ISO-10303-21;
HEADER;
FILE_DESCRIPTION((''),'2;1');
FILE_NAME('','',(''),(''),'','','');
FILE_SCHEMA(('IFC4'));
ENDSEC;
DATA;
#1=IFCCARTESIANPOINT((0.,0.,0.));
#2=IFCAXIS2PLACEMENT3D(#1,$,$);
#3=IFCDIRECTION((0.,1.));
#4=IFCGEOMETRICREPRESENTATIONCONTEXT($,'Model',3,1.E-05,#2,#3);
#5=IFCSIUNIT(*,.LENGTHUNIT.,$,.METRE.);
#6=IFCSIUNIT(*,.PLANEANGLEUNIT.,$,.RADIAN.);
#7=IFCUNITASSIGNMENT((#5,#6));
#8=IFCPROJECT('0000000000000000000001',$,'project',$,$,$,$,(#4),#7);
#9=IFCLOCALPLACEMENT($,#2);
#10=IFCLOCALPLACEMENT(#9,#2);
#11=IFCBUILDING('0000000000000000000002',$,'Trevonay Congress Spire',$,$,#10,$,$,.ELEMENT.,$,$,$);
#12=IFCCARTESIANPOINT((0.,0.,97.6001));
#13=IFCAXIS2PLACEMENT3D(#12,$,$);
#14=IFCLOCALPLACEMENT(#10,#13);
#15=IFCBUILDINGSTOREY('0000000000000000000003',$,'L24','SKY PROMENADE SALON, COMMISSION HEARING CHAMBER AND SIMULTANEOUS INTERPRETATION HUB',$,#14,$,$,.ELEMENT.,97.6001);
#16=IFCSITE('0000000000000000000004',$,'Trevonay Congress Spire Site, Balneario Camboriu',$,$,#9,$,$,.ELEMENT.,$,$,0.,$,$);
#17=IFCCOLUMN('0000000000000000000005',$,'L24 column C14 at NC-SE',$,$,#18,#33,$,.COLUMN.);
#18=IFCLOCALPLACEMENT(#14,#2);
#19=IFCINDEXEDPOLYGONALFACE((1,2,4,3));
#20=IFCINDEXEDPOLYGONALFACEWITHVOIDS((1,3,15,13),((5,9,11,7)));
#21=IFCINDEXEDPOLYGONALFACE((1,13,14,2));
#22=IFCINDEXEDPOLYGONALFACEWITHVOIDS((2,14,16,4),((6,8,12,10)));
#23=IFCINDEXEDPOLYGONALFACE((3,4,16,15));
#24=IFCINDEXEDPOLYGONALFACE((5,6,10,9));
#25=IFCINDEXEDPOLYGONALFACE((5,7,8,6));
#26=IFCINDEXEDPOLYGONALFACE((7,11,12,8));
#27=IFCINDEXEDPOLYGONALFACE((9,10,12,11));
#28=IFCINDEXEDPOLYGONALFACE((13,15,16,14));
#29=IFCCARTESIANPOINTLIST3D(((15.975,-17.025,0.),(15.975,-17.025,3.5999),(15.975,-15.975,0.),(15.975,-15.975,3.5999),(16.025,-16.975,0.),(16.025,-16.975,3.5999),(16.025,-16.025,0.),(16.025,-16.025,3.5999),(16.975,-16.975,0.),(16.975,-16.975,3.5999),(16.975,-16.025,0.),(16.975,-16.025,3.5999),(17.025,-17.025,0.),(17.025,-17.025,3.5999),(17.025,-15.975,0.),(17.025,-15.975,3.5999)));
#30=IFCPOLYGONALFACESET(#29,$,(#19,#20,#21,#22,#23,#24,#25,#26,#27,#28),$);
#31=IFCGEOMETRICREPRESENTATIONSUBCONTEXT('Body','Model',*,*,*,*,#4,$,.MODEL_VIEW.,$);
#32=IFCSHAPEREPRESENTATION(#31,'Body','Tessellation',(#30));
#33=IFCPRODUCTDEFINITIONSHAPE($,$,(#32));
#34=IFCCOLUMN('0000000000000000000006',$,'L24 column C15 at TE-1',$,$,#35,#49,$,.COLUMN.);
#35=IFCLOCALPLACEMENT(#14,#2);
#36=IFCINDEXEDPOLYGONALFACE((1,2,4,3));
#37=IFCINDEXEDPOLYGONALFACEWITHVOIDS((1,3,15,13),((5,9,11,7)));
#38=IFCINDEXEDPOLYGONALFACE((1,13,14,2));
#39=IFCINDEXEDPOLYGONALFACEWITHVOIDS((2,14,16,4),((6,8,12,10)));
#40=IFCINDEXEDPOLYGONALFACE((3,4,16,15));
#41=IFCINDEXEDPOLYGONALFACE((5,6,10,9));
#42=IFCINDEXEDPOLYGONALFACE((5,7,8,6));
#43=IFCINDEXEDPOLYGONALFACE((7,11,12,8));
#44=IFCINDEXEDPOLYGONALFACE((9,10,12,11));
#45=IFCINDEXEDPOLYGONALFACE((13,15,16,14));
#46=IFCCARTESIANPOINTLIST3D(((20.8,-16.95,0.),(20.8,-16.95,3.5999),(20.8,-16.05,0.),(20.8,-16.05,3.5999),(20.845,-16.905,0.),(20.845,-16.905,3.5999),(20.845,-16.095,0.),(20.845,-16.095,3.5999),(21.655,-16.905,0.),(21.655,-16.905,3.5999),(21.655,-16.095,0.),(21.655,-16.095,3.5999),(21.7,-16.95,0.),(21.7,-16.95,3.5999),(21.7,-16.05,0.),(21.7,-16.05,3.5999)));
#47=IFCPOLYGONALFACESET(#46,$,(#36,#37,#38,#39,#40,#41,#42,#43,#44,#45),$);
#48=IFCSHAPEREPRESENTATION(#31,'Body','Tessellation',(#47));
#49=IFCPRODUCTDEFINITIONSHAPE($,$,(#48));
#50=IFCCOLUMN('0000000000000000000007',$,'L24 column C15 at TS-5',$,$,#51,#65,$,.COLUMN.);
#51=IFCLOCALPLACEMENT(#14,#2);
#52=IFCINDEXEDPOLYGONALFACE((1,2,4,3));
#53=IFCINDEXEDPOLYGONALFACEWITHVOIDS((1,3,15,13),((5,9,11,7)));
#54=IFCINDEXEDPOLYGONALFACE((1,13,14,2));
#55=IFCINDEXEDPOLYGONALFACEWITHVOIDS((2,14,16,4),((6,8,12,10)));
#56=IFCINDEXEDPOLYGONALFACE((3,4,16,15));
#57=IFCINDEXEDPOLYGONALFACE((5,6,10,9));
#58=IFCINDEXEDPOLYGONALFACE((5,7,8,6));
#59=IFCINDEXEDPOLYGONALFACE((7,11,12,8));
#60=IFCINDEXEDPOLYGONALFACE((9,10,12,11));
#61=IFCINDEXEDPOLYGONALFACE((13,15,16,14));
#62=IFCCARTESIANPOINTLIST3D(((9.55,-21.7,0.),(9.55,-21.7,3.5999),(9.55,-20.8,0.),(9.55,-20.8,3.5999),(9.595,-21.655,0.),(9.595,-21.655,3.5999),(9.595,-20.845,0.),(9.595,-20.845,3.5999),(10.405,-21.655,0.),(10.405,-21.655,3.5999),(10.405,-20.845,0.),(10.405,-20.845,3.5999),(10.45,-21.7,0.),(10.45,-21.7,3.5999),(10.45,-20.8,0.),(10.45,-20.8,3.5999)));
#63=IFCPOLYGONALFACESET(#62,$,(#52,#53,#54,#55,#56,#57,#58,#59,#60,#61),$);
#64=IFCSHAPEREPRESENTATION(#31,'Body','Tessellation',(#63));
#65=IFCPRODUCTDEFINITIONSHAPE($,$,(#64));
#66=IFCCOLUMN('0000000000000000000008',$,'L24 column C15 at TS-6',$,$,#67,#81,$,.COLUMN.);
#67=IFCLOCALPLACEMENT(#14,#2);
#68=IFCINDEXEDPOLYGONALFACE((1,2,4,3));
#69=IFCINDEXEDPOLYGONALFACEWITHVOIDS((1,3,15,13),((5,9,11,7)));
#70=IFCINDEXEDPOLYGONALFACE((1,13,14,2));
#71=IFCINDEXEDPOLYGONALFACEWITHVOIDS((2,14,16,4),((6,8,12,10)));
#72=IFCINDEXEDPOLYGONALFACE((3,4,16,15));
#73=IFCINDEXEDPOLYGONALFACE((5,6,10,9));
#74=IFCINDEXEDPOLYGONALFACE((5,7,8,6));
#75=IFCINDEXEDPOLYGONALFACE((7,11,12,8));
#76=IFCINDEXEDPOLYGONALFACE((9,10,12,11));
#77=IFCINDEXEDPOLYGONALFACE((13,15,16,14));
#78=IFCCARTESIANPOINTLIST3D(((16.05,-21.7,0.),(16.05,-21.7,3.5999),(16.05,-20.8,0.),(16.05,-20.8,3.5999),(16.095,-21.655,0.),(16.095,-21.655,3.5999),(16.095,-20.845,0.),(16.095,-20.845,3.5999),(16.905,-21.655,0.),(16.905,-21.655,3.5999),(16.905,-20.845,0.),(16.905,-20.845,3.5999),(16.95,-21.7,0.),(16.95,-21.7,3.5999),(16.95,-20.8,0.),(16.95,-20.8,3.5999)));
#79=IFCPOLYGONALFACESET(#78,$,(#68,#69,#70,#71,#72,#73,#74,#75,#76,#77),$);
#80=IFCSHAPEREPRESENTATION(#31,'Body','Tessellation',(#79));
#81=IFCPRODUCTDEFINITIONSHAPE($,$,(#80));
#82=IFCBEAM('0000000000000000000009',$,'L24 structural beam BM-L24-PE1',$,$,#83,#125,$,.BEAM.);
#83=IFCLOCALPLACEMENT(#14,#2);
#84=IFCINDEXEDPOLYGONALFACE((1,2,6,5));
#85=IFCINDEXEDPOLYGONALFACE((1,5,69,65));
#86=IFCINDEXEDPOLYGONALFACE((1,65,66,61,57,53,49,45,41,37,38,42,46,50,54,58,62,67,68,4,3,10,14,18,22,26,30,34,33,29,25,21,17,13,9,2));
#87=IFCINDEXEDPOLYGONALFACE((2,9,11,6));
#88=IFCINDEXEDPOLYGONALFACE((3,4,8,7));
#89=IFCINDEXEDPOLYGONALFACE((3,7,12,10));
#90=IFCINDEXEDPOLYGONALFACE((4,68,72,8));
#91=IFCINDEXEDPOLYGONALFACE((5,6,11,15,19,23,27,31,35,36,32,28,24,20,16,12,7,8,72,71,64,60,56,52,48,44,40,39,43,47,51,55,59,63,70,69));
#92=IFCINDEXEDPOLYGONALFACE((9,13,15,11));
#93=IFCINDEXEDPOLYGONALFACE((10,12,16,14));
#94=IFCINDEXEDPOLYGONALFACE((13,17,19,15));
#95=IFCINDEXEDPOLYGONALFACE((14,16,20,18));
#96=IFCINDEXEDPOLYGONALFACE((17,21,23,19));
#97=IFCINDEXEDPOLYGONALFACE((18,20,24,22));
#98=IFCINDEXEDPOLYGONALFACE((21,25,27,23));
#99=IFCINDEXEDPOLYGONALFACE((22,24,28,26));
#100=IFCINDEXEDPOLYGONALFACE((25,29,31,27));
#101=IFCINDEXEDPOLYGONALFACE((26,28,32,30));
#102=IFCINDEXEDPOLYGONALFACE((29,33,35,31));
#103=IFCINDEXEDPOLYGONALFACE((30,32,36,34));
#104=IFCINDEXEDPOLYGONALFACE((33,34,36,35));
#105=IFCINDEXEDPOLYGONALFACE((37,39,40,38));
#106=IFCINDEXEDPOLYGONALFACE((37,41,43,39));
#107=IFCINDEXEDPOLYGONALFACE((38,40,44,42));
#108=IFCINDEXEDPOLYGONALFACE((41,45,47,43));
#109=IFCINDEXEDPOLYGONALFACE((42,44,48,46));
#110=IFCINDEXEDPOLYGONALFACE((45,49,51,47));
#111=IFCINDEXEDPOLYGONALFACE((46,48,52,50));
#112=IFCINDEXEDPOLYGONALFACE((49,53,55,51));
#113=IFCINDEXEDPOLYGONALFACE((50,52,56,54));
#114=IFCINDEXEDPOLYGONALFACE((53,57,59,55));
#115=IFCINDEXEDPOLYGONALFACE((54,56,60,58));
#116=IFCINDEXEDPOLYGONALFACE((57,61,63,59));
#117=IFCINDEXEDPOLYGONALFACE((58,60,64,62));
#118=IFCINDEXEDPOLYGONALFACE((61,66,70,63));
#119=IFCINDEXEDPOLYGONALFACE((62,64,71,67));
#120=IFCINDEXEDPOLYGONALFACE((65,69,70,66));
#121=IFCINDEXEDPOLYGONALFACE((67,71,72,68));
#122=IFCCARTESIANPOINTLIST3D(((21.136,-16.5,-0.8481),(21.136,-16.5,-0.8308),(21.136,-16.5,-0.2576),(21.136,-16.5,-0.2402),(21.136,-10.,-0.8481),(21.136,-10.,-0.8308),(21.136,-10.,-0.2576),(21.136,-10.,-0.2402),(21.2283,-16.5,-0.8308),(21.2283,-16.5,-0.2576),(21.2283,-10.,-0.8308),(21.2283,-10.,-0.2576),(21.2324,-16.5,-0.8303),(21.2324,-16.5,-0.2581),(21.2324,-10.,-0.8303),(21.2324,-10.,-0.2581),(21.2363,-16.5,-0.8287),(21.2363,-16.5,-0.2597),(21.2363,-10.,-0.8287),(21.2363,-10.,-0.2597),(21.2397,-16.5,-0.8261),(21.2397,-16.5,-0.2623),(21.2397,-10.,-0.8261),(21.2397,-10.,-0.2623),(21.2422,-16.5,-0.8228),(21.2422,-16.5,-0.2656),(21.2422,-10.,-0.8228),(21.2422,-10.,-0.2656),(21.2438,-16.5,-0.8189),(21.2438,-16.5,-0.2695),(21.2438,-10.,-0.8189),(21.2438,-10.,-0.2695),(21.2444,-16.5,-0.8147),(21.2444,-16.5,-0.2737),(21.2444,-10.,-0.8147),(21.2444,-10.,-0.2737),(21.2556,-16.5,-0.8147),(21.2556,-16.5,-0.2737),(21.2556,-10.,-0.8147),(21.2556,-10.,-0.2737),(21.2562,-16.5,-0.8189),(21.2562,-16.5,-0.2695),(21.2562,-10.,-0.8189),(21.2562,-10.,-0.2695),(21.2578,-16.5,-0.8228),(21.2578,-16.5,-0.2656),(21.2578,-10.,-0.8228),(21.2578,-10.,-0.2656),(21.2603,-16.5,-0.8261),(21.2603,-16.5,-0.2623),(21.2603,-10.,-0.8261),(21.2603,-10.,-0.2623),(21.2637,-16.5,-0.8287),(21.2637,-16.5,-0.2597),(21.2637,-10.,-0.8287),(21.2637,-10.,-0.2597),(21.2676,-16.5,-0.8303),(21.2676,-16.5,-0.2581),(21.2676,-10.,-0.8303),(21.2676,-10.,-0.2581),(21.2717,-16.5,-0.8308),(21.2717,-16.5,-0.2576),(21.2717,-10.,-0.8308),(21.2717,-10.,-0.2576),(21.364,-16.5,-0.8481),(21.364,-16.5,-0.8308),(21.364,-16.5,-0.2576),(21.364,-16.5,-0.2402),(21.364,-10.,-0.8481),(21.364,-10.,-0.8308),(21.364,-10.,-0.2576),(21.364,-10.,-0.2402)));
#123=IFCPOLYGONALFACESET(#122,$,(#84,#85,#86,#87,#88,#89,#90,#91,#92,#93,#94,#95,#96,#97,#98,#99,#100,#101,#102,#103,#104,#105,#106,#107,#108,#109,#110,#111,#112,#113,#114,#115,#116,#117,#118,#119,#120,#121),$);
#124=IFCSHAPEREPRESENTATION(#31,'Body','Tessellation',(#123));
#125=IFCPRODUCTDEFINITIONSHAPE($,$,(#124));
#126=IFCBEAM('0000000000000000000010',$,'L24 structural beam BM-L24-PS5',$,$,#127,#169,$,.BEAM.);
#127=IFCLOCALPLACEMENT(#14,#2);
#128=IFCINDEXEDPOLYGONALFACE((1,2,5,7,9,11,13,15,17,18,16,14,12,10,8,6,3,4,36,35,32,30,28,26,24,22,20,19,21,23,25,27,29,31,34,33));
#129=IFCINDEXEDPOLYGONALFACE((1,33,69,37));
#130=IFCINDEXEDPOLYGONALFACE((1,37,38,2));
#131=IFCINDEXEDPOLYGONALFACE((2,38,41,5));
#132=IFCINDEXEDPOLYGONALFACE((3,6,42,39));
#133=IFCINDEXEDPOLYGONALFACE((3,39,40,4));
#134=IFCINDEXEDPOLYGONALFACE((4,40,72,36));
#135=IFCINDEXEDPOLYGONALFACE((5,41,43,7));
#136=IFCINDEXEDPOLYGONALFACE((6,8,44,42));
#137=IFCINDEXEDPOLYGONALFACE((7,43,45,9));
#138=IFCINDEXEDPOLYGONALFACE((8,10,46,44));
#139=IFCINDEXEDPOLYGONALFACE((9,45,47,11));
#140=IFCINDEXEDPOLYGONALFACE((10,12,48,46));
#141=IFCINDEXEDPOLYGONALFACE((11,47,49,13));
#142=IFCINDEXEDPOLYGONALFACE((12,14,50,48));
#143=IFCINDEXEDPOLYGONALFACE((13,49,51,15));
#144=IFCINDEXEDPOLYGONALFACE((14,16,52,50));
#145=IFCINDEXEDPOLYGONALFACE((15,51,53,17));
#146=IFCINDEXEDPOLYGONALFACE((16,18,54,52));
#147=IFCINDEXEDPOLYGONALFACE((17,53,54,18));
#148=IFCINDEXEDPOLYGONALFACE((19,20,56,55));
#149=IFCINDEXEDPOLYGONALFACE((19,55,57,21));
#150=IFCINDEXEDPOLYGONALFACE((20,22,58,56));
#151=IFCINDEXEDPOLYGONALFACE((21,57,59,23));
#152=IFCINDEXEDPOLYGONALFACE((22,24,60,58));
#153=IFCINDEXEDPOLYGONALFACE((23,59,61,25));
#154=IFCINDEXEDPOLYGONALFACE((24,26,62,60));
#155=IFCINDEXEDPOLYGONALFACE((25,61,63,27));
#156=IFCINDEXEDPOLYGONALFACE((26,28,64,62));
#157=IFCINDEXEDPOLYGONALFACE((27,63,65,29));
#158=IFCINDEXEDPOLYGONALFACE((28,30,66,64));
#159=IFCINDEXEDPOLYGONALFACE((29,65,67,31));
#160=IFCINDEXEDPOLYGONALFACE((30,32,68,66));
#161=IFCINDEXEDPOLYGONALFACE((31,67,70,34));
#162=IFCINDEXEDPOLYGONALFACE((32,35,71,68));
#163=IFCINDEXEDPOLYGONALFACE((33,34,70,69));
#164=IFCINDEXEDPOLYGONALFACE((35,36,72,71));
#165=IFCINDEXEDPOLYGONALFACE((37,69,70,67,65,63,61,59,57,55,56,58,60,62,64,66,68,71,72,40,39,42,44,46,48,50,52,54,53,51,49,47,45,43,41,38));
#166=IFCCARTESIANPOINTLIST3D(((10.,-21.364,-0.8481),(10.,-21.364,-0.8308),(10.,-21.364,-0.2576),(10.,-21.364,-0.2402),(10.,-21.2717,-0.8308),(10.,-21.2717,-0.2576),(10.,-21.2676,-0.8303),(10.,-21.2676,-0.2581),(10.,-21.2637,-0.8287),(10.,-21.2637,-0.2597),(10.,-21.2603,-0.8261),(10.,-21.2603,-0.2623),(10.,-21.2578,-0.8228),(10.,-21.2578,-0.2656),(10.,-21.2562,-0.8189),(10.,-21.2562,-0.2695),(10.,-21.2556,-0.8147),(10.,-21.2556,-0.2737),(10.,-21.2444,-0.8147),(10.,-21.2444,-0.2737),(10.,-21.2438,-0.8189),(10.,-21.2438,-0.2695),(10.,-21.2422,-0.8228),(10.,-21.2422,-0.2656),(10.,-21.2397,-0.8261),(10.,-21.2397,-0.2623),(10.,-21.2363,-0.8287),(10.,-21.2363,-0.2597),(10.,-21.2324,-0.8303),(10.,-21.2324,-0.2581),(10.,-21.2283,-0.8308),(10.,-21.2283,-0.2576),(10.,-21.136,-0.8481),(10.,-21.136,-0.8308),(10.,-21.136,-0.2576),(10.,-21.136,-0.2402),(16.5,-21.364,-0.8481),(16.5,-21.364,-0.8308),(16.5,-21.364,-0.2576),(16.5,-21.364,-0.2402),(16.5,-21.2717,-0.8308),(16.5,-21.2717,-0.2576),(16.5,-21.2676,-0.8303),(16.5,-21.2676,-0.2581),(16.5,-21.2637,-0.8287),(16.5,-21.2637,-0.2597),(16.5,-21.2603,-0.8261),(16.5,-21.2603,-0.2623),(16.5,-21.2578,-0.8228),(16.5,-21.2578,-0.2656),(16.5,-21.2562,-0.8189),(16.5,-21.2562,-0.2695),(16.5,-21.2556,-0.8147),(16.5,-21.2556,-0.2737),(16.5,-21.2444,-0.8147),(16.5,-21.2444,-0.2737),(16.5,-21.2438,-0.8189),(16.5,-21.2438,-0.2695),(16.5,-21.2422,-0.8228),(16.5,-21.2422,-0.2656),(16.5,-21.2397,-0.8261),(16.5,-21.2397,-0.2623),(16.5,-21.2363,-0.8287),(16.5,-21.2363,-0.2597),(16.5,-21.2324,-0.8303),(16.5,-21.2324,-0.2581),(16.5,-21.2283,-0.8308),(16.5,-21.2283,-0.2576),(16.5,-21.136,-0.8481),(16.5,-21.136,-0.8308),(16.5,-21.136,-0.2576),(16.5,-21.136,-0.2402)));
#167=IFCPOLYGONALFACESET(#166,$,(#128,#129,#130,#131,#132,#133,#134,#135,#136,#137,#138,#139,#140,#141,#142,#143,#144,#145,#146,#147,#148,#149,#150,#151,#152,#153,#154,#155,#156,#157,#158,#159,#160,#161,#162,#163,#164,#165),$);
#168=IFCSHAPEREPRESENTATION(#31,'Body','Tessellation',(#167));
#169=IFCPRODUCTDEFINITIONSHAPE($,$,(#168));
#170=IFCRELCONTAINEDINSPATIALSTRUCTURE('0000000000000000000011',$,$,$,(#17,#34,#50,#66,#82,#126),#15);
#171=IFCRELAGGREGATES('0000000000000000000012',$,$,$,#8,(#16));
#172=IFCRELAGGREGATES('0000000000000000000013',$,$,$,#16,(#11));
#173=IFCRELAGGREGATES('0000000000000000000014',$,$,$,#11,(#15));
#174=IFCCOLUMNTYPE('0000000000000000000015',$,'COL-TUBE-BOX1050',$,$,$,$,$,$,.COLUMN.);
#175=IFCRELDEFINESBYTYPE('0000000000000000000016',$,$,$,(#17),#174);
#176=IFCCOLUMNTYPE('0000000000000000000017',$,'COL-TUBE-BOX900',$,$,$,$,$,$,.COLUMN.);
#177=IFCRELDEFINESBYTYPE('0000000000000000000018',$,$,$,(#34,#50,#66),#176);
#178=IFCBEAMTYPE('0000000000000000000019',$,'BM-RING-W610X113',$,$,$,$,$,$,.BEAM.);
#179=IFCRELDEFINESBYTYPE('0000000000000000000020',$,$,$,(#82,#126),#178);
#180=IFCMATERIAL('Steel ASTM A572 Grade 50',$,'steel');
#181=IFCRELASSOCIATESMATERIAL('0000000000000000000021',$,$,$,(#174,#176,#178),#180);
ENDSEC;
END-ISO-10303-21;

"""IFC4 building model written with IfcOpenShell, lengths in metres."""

from ifc_helpers import new_model, si_unit, direction, frame, origin, origin_2d, place, context, subcontext, project, spatial, hollow_rectangle, i_section, extrude, material, material_profile, profile_set, type_object, element, save


model = new_model("IFC4")

# Units and contexts
model_context = context("Model", 3, precision=1e-05, world=origin(), true_north=direction((0.0, 1.0)))
body_context = subcontext(model_context, "Body", "Model", "MODEL_VIEW")
ifc_project = project(units=[si_unit("LENGTHUNIT", "METRE"), si_unit("PLANEANGLEUNIT", "RADIAN")], contexts=[model_context])

# Site, building, storey
site_placement = place(None, origin())
site = spatial("IfcSite", under=ifc_project, at=site_placement, Name="Trevonay Congress Spire Site, Balneario Camboriu", CompositionType="ELEMENT", RefElevation=0.0)
building_placement = place(site_placement, origin())
building = spatial("IfcBuilding", under=site, at=building_placement, Name="Trevonay Congress Spire", CompositionType="ELEMENT")
storey_placement = place(building_placement, frame((0.0, 0.0, 97.6001)))
storey = spatial("IfcBuildingStorey", under=building, at=storey_placement, Name="L24", Description="SKY PROMENADE SALON, COMMISSION HEARING CHAMBER AND SIMULTANEOUS INTERPRETATION HUB", CompositionType="ELEMENT", Elevation=97.6001)

# Columns
ifc_material_1 = material(Name="Steel ASTM A572 Grade 50", Category="steel")
ifc_material_profile_1 = material_profile(ifc_material_1, hollow_rectangle(XDim=1.05, YDim=1.05, WallThickness=0.05, at=origin_2d()), Name="BOX 1050x1050x50")
ifc_profile_set_1 = profile_set([ifc_material_profile_1], Name="Steel ASTM A572 Grade 50")
column_type_1 = type_object("IfcColumnType", Name="COL-TUBE-BOX1050", PredefinedType="COLUMN", material=ifc_profile_set_1)
column_placement = place(storey_placement, frame((16.5, -16.5, 0.0), z_axis=(0.0, 0.0, 1.0), x_axis=(1.0, 0.0, 0.0)))
element("IfcColumn", 1, at=column_placement, inside=storey, type_object=column_type_1, Name="L24 column C14 at NC-SE", PredefinedType="COLUMN", context=body_context, shape_type="SweptSolid", body=[
    extrude(hollow_rectangle(XDim=1.05, YDim=1.05, WallThickness=0.05, at=origin_2d()), origin(), (0.0, 0.0, 1.0), 3.5999),
])
ifc_material_profile_2 = material_profile(ifc_material_1, hollow_rectangle(XDim=0.8999, YDim=0.8999, WallThickness=0.0449, at=origin_2d()), Name="BOX 900x900x45")
ifc_profile_set_2 = profile_set([ifc_material_profile_2], Name="Steel ASTM A572 Grade 50")
column_type_2 = type_object("IfcColumnType", Name="COL-TUBE-BOX900", PredefinedType="COLUMN", material=ifc_profile_set_2)
for number, where, z_axis, x_axis, name in (
    (2, (21.25, -16.5, 0.0), (0.0, 0.0, 1.0), (1.0, 0.0, 0.0), "L24 column C15 at TE-1"),
    (3, (10.0, -21.25, 0.0), (0.0, 0.0, 1.0), (1.0, 0.0, 0.0), "L24 column C15 at TS-5"),
    (4, (16.5, -21.25, 0.0), (0.0, 0.0, 1.0), (1.0, 0.0, 0.0), "L24 column C15 at TS-6"),
):
    element("IfcColumn", number, at=place(storey_placement, frame(where, z_axis=z_axis, x_axis=x_axis)), inside=storey, type_object=column_type_2, Name=name, PredefinedType="COLUMN", context=body_context, shape_type="SweptSolid", body=[
        extrude(hollow_rectangle(XDim=0.8999, YDim=0.8999, WallThickness=0.0449, at=origin_2d()), origin(), (0.0, 0.0, 1.0), 3.5999),
    ])

# Beams
ifc_material_profile_3 = material_profile(ifc_material_1, i_section(OverallWidth=0.228, OverallDepth=0.6079, WebThickness=0.0112, FlangeThickness=0.0173, FilletRadius=0.0161, at=origin_2d()), Name="W610x113")
ifc_profile_set_3 = profile_set([ifc_material_profile_3], Name="Steel ASTM A572 Grade 50")
beam_type = type_object("IfcBeamType", Name="BM-RING-W610X113", PredefinedType="BEAM", material=ifc_profile_set_3)
for number, where, z_axis, x_axis, name in (
    (5, (21.25, -16.5, -0.5442), (0.0, 1.0, 0.0), (-1.0, 0.0, 0.0), "L24 structural beam BM-L24-PE1"),
    (6, (10.0, -21.25, -0.5442), (1.0, 0.0, 0.0), (0.0, 1.0, 0.0), "L24 structural beam BM-L24-PS5"),
):
    element("IfcBeam", number, at=place(storey_placement, frame(where, z_axis=z_axis, x_axis=x_axis)), inside=storey, type_object=beam_type, Name=name, PredefinedType="BEAM", context=body_context, shape_type="SweptSolid", body=[
        extrude(i_section(OverallWidth=0.228, OverallDepth=0.6079, WebThickness=0.0112, FlangeThickness=0.0173, FilletRadius=0.0161, at=origin_2d()), origin(), (0.0, 0.0, 1.0), 6.5),
    ])

save(model, "model.ifc")
